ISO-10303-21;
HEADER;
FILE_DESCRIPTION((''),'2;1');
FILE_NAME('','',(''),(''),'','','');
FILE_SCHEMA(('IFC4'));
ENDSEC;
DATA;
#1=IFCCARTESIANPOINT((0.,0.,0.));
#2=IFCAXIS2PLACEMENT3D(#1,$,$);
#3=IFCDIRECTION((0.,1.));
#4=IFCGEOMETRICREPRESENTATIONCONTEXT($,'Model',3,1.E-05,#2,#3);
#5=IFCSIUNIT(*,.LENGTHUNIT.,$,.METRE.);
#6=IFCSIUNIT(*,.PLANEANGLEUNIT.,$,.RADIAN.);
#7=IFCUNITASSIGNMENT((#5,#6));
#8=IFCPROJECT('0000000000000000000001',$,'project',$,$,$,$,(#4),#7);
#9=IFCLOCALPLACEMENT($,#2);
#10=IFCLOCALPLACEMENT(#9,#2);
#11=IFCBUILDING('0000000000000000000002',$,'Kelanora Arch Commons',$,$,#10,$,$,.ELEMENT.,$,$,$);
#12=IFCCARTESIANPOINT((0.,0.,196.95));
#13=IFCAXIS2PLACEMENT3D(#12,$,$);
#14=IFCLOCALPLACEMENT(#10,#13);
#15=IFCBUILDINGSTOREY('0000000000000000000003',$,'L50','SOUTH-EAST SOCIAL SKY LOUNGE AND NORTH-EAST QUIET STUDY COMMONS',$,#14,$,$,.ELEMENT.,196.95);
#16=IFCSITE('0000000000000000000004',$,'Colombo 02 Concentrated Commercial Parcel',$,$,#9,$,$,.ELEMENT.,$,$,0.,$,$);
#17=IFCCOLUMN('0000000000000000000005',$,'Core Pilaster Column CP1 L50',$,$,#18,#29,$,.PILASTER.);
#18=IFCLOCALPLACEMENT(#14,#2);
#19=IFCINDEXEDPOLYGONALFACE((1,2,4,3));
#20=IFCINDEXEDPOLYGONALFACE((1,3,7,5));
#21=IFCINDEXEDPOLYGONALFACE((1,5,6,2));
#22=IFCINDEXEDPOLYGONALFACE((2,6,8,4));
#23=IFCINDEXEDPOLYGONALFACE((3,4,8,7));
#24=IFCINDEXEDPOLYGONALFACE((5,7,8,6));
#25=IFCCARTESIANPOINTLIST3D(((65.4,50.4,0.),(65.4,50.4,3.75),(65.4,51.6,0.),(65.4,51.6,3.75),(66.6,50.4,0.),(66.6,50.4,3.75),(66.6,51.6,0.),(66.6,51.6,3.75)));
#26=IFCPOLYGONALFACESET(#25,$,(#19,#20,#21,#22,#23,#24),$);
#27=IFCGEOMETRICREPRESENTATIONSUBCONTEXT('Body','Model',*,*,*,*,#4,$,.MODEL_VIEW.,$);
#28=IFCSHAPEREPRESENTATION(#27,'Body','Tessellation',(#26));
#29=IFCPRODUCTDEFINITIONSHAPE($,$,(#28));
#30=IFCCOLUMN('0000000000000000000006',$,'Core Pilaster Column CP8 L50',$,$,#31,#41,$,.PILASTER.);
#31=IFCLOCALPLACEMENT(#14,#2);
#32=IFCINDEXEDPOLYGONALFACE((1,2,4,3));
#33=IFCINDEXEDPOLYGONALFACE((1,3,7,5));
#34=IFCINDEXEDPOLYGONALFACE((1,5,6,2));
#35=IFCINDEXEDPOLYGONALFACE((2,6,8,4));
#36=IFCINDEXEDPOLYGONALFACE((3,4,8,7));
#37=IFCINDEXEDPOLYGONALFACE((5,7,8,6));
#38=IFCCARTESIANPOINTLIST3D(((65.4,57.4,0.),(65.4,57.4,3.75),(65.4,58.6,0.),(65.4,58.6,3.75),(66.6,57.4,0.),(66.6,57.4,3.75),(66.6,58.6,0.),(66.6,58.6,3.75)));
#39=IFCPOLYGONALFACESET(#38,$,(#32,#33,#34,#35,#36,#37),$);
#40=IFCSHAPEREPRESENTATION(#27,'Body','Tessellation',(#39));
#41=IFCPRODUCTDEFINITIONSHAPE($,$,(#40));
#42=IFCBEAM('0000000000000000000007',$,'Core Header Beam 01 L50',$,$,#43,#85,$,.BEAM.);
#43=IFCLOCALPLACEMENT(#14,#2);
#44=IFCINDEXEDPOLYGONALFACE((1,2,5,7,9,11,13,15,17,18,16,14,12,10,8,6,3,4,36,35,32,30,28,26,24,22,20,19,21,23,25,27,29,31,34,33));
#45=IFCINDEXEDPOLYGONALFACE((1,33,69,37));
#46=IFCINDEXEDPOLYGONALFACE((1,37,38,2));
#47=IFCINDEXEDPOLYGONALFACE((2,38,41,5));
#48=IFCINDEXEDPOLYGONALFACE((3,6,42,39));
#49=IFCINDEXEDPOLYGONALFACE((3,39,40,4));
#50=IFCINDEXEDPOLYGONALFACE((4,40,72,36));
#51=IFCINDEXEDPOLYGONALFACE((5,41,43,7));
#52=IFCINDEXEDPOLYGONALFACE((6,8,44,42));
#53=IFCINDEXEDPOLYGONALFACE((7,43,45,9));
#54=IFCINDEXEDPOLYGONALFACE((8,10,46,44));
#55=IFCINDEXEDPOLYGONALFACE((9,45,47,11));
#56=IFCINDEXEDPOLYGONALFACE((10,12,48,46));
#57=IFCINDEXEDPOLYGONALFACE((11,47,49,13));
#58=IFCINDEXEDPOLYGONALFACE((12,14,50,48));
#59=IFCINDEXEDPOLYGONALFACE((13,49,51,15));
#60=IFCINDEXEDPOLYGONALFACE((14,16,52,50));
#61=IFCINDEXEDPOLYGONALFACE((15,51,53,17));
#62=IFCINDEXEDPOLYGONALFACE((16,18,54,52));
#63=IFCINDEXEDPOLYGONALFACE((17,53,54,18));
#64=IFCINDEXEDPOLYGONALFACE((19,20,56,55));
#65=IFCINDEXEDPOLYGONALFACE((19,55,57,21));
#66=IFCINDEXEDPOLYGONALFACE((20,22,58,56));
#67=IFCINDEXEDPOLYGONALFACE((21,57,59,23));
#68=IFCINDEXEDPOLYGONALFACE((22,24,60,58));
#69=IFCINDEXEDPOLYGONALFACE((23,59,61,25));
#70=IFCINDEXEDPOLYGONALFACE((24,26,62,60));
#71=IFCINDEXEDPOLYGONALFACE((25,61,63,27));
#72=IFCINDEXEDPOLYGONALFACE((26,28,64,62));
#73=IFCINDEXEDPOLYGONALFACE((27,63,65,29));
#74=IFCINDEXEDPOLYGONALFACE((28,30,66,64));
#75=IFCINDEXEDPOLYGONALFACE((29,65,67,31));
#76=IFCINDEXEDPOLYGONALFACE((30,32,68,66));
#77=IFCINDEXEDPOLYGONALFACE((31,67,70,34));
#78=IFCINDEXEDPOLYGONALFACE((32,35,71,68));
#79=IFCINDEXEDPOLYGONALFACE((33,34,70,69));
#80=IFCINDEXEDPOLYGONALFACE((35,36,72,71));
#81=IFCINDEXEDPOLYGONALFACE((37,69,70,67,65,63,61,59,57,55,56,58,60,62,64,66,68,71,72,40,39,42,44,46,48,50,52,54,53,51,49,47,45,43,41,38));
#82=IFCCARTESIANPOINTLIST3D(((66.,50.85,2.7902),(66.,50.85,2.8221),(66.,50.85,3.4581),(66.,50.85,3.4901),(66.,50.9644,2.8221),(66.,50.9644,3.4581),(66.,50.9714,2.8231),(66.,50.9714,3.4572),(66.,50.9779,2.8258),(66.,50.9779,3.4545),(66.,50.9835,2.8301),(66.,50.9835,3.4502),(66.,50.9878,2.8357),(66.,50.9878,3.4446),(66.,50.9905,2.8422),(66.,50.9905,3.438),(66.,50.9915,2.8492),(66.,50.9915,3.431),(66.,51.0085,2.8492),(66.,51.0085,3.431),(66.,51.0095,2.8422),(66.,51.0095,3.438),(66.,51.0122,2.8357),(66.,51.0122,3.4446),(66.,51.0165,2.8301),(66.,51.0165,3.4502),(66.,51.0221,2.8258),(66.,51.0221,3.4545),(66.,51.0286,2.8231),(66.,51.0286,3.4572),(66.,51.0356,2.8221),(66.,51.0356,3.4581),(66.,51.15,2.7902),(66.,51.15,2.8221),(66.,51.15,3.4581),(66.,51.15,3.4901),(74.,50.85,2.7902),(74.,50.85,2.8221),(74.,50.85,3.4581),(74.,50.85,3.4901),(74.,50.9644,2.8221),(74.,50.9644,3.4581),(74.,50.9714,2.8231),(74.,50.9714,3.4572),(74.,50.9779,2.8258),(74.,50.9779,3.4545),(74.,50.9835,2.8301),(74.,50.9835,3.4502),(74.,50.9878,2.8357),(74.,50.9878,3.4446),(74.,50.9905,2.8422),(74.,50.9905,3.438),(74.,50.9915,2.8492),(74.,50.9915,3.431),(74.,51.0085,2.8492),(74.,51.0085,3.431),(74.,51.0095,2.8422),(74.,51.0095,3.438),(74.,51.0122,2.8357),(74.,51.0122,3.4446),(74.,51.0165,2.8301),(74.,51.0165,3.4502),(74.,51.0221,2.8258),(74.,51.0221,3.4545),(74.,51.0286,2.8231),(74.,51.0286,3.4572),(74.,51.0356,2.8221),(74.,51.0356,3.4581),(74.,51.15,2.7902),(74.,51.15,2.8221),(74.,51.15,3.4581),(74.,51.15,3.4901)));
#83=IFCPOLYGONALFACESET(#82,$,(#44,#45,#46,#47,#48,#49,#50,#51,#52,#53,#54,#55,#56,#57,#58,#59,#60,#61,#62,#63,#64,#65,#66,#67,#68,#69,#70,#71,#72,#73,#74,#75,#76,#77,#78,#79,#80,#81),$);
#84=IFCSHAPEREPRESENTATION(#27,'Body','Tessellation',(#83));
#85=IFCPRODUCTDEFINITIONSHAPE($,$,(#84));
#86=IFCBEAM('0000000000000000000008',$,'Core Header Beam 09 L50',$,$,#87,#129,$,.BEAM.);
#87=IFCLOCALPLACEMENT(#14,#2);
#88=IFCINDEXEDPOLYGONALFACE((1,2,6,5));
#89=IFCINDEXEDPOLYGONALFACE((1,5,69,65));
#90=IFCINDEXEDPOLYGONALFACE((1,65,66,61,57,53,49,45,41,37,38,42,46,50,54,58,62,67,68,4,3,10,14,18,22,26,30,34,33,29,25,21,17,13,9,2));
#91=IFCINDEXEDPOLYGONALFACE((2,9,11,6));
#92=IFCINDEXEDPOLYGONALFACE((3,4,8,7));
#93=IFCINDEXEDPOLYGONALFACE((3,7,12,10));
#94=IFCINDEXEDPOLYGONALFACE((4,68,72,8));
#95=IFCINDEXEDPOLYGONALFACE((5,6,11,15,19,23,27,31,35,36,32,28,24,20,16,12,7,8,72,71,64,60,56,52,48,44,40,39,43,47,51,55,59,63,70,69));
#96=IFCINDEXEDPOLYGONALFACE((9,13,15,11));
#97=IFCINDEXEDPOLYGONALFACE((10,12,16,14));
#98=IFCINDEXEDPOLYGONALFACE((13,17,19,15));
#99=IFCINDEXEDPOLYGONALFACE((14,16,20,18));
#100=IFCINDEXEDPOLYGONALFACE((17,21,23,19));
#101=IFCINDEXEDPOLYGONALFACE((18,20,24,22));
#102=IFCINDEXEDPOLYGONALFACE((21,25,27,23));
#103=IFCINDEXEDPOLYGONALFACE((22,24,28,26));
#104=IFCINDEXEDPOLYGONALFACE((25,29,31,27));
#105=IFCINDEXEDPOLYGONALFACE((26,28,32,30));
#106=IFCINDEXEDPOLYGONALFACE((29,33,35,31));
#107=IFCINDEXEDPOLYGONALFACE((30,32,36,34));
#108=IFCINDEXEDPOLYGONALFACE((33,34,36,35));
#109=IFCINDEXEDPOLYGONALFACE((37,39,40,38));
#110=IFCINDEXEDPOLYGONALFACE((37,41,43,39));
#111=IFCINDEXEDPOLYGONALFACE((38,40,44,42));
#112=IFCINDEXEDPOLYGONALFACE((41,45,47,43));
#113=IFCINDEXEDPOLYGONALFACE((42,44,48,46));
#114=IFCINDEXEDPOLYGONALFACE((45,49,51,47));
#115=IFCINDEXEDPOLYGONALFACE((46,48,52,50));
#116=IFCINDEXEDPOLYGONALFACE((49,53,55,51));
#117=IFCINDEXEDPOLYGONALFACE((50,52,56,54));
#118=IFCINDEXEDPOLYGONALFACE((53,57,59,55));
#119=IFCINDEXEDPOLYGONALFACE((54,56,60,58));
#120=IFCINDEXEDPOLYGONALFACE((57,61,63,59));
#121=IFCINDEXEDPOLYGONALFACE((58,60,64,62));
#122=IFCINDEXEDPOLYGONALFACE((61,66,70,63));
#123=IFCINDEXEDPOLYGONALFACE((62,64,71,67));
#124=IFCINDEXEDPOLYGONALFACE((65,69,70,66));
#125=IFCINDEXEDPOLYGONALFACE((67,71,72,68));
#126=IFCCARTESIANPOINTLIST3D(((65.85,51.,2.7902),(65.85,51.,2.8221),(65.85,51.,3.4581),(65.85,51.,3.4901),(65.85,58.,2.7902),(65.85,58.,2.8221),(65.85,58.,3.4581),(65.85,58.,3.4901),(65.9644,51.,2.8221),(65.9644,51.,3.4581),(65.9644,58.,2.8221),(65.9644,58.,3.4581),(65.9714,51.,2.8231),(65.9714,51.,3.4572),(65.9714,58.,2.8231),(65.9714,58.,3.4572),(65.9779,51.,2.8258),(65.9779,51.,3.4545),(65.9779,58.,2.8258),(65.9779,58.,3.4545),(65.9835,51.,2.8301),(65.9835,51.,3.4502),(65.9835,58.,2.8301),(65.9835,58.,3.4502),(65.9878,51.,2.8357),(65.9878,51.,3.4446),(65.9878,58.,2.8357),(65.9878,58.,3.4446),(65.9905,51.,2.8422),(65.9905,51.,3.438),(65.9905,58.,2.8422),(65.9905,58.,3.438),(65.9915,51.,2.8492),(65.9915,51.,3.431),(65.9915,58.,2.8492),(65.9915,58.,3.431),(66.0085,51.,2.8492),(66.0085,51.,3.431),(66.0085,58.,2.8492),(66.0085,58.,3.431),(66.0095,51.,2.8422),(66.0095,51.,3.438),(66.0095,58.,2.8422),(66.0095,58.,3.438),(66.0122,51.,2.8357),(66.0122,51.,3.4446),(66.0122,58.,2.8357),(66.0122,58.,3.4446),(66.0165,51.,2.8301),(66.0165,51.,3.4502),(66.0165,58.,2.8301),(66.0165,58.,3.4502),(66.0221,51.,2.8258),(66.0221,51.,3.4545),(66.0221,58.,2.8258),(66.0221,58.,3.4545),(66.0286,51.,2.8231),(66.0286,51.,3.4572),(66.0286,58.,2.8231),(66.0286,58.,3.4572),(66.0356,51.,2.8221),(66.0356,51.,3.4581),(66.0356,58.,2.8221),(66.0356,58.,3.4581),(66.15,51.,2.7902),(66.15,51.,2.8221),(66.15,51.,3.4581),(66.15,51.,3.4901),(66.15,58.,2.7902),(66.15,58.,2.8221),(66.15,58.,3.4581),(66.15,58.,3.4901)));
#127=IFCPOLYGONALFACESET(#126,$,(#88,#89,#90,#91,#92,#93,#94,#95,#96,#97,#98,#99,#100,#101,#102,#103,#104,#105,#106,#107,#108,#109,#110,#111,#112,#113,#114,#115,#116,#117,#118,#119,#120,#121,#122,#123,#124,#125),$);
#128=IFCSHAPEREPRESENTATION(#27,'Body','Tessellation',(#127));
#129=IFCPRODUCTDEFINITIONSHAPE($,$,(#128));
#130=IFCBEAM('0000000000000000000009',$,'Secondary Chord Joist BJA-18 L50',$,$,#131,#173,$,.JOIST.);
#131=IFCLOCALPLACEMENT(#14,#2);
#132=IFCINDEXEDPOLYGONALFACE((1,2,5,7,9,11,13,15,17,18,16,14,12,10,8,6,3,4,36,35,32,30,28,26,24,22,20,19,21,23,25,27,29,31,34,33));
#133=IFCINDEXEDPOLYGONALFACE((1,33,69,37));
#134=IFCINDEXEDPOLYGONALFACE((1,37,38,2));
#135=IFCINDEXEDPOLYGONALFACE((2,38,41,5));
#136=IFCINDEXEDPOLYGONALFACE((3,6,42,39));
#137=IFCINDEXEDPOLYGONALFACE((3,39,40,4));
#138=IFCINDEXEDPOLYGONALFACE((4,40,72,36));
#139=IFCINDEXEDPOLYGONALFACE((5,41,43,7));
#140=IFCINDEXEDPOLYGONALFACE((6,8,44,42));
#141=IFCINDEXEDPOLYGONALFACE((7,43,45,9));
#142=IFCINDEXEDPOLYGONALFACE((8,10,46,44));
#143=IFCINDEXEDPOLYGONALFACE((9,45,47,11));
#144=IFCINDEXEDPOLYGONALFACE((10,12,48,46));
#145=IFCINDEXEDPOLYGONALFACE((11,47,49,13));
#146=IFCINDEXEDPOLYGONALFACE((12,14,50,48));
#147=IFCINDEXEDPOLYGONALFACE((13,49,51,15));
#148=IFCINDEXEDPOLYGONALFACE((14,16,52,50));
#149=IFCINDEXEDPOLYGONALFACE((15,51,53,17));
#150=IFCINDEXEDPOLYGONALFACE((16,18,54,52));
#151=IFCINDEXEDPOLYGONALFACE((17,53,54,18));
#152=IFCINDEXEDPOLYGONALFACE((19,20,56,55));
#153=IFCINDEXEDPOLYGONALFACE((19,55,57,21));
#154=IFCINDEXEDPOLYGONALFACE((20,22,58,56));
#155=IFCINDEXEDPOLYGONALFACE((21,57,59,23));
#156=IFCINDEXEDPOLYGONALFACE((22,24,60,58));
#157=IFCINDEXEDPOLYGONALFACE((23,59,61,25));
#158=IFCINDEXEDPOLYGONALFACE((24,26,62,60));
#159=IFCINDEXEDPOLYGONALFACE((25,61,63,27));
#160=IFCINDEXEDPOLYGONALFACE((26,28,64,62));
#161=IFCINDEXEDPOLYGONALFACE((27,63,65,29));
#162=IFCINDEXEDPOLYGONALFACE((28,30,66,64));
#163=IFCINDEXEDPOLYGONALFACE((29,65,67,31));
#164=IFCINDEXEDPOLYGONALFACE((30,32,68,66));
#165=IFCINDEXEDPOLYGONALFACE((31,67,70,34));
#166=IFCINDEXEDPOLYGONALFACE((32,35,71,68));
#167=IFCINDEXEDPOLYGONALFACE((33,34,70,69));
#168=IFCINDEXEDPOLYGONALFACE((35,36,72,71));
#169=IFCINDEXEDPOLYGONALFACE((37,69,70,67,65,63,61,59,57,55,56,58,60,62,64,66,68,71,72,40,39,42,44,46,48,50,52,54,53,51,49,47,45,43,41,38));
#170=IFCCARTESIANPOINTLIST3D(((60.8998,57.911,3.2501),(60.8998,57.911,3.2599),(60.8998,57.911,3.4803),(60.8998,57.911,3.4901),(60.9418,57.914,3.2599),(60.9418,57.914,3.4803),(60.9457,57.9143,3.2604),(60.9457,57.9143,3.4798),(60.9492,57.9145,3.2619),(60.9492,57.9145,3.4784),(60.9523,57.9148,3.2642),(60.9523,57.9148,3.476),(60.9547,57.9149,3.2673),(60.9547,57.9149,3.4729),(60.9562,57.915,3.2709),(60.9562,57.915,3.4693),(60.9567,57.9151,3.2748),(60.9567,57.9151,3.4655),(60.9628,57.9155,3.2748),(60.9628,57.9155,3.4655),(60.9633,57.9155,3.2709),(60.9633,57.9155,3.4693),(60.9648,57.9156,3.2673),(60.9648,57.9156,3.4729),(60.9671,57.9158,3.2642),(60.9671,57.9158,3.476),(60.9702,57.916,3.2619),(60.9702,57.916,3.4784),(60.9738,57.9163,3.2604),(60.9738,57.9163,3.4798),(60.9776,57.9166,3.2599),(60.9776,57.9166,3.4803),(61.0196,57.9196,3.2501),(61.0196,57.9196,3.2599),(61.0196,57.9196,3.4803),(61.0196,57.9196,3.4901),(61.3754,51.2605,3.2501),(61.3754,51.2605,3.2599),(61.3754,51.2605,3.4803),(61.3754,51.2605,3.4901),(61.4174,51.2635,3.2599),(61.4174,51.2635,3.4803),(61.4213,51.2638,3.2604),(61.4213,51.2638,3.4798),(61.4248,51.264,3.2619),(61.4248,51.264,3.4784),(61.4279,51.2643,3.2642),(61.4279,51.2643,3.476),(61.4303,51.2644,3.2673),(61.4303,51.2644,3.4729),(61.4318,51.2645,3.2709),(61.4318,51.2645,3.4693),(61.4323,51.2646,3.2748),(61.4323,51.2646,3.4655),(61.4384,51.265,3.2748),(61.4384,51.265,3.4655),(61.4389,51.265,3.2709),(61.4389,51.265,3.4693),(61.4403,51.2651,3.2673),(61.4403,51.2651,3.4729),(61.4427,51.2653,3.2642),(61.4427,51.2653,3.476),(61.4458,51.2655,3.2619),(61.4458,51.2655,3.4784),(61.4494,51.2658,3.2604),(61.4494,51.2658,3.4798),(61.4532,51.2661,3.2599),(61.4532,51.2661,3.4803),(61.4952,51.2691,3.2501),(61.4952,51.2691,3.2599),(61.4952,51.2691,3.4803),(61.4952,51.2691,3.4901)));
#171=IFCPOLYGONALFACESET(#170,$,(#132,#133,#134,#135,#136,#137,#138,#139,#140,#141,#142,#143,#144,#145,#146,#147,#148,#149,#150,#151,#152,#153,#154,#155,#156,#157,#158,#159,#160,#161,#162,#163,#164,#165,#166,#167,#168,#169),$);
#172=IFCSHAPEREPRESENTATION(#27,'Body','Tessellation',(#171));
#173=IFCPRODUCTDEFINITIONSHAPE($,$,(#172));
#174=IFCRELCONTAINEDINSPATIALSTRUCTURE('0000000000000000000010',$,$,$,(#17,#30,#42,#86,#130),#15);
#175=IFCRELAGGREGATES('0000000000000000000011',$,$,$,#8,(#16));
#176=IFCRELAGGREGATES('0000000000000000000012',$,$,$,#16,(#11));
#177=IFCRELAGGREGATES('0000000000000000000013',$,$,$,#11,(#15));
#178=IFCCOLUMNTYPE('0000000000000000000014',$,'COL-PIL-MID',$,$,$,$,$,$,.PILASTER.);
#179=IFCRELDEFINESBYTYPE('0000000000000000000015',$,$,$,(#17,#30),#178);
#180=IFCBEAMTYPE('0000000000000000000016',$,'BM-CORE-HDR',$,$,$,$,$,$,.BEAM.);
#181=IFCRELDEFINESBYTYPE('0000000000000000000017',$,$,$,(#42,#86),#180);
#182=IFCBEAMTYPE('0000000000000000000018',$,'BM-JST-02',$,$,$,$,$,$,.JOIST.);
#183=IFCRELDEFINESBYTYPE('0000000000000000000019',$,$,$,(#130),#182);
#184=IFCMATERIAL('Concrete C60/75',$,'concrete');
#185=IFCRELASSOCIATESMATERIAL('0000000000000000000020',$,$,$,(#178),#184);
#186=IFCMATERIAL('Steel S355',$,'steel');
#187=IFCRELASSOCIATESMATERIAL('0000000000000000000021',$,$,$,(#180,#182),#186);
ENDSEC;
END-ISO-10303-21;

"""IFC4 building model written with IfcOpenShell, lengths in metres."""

from ifc_helpers import new_model, si_unit, direction, frame, origin, origin_2d, place, context, subcontext, project, spatial, rectangle, i_section, extrude, material, material_profile, profile_set, type_object, element, save


model = new_model("IFC4")

# Units and contexts
model_context = context("Model", 3, precision=1e-05, world=origin(), true_north=direction((0.0, 1.0)))
body_context = subcontext(model_context, "Body", "Model", "MODEL_VIEW")
ifc_project = project(units=[si_unit("LENGTHUNIT", "METRE"), si_unit("PLANEANGLEUNIT", "RADIAN")], contexts=[model_context])

# Site, building, storey
site_placement = place(None, origin())
site = spatial("IfcSite", under=ifc_project, at=site_placement, Name="Colombo 02 Concentrated Commercial Parcel", CompositionType="ELEMENT", RefElevation=0.0)
building_placement = place(site_placement, origin())
building = spatial("IfcBuilding", under=site, at=building_placement, Name="Kelanora Arch Commons", CompositionType="ELEMENT")
storey_placement = place(building_placement, frame((0.0, 0.0, 196.95)))
storey = spatial("IfcBuildingStorey", under=building, at=storey_placement, Name="L50", Description="SOUTH-EAST SOCIAL SKY LOUNGE AND NORTH-EAST QUIET STUDY COMMONS", CompositionType="ELEMENT", Elevation=196.95)

# Columns
ifc_material_1 = material(Name="Concrete C60/75", Category="concrete")
ifc_material_profile_1 = material_profile(ifc_material_1, rectangle(XDim=1.2, YDim=1.2, at=origin_2d()), Name="RC1200x1200")
ifc_profile_set_1 = profile_set([ifc_material_profile_1], Name="Concrete C60/75")
column_type = type_object("IfcColumnType", Name="COL-PIL-MID", PredefinedType="PILASTER", material=ifc_profile_set_1)
for number, where, z_axis, x_axis, name in (
    (1, (66.0, 51.0, 0.0), (0.0, 0.0, 1.0), (1.0, 0.0, 0.0), "Core Pilaster Column CP1 L50"),
    (2, (66.0, 58.0, 0.0), (0.0, 0.0, 1.0), (1.0, 0.0, 0.0), "Core Pilaster Column CP8 L50"),
):
    element("IfcColumn", number, at=place(storey_placement, frame(where, z_axis=z_axis, x_axis=x_axis)), inside=storey, type_object=column_type, Name=name, PredefinedType="PILASTER", context=body_context, shape_type="SweptSolid", body=[
        extrude(rectangle(XDim=1.2, YDim=1.2, at=origin_2d()), origin(), (0.0, 0.0, 1.0), 3.75),
    ])

# Beams
ifc_material_2 = material(Name="Steel S355", Category="steel")
ifc_material_profile_2 = material_profile(ifc_material_2, i_section(OverallWidth=0.3, OverallDepth=0.7, WebThickness=0.0171, FlangeThickness=0.032, FilletRadius=0.0271, at=origin_2d()), Name="HEB700")
ifc_profile_set_2 = profile_set([ifc_material_profile_2], Name="Steel S355")
beam_type_1 = type_object("IfcBeamType", Name="BM-CORE-HDR", PredefinedType="BEAM", material=ifc_profile_set_2)
beam_1_placement = place(storey_placement, frame((66.0, 51.0, 3.1401), z_axis=(1.0, 0.0, 0.0), x_axis=(0.0, 1.0, 0.0)))
element("IfcBeam", 3, at=beam_1_placement, inside=storey, type_object=beam_type_1, Name="Core Header Beam 01 L50", PredefinedType="BEAM", context=body_context, shape_type="SweptSolid", body=[
    extrude(i_section(OverallWidth=0.3, OverallDepth=0.7, WebThickness=0.0171, FlangeThickness=0.032, FilletRadius=0.0271, at=origin_2d()), origin(), (0.0, 0.0, 1.0), 8.0),
])
beam_2_placement = place(storey_placement, frame((66.0, 58.0, 3.1401), z_axis=(0.0, -1.0, 0.0), x_axis=(1.0, 0.0, 0.0)))
element("IfcBeam", 4, at=beam_2_placement, inside=storey, type_object=beam_type_1, Name="Core Header Beam 09 L50", PredefinedType="BEAM", context=body_context, shape_type="SweptSolid", body=[
    extrude(i_section(OverallWidth=0.3, OverallDepth=0.7, WebThickness=0.0171, FlangeThickness=0.032, FilletRadius=0.0271, at=origin_2d()), origin(), (0.0, 0.0, 1.0), 7.0),
])
ifc_material_profile_3 = material_profile(ifc_material_2, i_section(OverallWidth=0.1201, OverallDepth=0.24, WebThickness=0.0061, FlangeThickness=0.0098, FilletRadius=0.0149, at=origin_2d()), Name="IPE240")
ifc_profile_set_3 = profile_set([ifc_material_profile_3], Name="Steel S355")
beam_type_2 = type_object("IfcBeamType", Name="BM-JST-02", PredefinedType="JOIST", material=ifc_profile_set_3)
beam_3_placement = place(storey_placement, frame((60.9597, 57.9153, 3.3701), z_axis=(0.07133, -0.997453, 0.0), x_axis=(0.997453, 0.07133, 0.0)))
element("IfcBeam", 5, at=beam_3_placement, inside=storey, type_object=beam_type_2, Name="Secondary Chord Joist BJA-18 L50", PredefinedType="JOIST", context=body_context, shape_type="SweptSolid", body=[
    extrude(i_section(OverallWidth=0.1201, OverallDepth=0.24, WebThickness=0.0061, FlangeThickness=0.0098, FilletRadius=0.0149, at=origin_2d()), origin(), (0.0, 0.0, 1.0), 6.6675),
])

save(model, "model.ifc")
